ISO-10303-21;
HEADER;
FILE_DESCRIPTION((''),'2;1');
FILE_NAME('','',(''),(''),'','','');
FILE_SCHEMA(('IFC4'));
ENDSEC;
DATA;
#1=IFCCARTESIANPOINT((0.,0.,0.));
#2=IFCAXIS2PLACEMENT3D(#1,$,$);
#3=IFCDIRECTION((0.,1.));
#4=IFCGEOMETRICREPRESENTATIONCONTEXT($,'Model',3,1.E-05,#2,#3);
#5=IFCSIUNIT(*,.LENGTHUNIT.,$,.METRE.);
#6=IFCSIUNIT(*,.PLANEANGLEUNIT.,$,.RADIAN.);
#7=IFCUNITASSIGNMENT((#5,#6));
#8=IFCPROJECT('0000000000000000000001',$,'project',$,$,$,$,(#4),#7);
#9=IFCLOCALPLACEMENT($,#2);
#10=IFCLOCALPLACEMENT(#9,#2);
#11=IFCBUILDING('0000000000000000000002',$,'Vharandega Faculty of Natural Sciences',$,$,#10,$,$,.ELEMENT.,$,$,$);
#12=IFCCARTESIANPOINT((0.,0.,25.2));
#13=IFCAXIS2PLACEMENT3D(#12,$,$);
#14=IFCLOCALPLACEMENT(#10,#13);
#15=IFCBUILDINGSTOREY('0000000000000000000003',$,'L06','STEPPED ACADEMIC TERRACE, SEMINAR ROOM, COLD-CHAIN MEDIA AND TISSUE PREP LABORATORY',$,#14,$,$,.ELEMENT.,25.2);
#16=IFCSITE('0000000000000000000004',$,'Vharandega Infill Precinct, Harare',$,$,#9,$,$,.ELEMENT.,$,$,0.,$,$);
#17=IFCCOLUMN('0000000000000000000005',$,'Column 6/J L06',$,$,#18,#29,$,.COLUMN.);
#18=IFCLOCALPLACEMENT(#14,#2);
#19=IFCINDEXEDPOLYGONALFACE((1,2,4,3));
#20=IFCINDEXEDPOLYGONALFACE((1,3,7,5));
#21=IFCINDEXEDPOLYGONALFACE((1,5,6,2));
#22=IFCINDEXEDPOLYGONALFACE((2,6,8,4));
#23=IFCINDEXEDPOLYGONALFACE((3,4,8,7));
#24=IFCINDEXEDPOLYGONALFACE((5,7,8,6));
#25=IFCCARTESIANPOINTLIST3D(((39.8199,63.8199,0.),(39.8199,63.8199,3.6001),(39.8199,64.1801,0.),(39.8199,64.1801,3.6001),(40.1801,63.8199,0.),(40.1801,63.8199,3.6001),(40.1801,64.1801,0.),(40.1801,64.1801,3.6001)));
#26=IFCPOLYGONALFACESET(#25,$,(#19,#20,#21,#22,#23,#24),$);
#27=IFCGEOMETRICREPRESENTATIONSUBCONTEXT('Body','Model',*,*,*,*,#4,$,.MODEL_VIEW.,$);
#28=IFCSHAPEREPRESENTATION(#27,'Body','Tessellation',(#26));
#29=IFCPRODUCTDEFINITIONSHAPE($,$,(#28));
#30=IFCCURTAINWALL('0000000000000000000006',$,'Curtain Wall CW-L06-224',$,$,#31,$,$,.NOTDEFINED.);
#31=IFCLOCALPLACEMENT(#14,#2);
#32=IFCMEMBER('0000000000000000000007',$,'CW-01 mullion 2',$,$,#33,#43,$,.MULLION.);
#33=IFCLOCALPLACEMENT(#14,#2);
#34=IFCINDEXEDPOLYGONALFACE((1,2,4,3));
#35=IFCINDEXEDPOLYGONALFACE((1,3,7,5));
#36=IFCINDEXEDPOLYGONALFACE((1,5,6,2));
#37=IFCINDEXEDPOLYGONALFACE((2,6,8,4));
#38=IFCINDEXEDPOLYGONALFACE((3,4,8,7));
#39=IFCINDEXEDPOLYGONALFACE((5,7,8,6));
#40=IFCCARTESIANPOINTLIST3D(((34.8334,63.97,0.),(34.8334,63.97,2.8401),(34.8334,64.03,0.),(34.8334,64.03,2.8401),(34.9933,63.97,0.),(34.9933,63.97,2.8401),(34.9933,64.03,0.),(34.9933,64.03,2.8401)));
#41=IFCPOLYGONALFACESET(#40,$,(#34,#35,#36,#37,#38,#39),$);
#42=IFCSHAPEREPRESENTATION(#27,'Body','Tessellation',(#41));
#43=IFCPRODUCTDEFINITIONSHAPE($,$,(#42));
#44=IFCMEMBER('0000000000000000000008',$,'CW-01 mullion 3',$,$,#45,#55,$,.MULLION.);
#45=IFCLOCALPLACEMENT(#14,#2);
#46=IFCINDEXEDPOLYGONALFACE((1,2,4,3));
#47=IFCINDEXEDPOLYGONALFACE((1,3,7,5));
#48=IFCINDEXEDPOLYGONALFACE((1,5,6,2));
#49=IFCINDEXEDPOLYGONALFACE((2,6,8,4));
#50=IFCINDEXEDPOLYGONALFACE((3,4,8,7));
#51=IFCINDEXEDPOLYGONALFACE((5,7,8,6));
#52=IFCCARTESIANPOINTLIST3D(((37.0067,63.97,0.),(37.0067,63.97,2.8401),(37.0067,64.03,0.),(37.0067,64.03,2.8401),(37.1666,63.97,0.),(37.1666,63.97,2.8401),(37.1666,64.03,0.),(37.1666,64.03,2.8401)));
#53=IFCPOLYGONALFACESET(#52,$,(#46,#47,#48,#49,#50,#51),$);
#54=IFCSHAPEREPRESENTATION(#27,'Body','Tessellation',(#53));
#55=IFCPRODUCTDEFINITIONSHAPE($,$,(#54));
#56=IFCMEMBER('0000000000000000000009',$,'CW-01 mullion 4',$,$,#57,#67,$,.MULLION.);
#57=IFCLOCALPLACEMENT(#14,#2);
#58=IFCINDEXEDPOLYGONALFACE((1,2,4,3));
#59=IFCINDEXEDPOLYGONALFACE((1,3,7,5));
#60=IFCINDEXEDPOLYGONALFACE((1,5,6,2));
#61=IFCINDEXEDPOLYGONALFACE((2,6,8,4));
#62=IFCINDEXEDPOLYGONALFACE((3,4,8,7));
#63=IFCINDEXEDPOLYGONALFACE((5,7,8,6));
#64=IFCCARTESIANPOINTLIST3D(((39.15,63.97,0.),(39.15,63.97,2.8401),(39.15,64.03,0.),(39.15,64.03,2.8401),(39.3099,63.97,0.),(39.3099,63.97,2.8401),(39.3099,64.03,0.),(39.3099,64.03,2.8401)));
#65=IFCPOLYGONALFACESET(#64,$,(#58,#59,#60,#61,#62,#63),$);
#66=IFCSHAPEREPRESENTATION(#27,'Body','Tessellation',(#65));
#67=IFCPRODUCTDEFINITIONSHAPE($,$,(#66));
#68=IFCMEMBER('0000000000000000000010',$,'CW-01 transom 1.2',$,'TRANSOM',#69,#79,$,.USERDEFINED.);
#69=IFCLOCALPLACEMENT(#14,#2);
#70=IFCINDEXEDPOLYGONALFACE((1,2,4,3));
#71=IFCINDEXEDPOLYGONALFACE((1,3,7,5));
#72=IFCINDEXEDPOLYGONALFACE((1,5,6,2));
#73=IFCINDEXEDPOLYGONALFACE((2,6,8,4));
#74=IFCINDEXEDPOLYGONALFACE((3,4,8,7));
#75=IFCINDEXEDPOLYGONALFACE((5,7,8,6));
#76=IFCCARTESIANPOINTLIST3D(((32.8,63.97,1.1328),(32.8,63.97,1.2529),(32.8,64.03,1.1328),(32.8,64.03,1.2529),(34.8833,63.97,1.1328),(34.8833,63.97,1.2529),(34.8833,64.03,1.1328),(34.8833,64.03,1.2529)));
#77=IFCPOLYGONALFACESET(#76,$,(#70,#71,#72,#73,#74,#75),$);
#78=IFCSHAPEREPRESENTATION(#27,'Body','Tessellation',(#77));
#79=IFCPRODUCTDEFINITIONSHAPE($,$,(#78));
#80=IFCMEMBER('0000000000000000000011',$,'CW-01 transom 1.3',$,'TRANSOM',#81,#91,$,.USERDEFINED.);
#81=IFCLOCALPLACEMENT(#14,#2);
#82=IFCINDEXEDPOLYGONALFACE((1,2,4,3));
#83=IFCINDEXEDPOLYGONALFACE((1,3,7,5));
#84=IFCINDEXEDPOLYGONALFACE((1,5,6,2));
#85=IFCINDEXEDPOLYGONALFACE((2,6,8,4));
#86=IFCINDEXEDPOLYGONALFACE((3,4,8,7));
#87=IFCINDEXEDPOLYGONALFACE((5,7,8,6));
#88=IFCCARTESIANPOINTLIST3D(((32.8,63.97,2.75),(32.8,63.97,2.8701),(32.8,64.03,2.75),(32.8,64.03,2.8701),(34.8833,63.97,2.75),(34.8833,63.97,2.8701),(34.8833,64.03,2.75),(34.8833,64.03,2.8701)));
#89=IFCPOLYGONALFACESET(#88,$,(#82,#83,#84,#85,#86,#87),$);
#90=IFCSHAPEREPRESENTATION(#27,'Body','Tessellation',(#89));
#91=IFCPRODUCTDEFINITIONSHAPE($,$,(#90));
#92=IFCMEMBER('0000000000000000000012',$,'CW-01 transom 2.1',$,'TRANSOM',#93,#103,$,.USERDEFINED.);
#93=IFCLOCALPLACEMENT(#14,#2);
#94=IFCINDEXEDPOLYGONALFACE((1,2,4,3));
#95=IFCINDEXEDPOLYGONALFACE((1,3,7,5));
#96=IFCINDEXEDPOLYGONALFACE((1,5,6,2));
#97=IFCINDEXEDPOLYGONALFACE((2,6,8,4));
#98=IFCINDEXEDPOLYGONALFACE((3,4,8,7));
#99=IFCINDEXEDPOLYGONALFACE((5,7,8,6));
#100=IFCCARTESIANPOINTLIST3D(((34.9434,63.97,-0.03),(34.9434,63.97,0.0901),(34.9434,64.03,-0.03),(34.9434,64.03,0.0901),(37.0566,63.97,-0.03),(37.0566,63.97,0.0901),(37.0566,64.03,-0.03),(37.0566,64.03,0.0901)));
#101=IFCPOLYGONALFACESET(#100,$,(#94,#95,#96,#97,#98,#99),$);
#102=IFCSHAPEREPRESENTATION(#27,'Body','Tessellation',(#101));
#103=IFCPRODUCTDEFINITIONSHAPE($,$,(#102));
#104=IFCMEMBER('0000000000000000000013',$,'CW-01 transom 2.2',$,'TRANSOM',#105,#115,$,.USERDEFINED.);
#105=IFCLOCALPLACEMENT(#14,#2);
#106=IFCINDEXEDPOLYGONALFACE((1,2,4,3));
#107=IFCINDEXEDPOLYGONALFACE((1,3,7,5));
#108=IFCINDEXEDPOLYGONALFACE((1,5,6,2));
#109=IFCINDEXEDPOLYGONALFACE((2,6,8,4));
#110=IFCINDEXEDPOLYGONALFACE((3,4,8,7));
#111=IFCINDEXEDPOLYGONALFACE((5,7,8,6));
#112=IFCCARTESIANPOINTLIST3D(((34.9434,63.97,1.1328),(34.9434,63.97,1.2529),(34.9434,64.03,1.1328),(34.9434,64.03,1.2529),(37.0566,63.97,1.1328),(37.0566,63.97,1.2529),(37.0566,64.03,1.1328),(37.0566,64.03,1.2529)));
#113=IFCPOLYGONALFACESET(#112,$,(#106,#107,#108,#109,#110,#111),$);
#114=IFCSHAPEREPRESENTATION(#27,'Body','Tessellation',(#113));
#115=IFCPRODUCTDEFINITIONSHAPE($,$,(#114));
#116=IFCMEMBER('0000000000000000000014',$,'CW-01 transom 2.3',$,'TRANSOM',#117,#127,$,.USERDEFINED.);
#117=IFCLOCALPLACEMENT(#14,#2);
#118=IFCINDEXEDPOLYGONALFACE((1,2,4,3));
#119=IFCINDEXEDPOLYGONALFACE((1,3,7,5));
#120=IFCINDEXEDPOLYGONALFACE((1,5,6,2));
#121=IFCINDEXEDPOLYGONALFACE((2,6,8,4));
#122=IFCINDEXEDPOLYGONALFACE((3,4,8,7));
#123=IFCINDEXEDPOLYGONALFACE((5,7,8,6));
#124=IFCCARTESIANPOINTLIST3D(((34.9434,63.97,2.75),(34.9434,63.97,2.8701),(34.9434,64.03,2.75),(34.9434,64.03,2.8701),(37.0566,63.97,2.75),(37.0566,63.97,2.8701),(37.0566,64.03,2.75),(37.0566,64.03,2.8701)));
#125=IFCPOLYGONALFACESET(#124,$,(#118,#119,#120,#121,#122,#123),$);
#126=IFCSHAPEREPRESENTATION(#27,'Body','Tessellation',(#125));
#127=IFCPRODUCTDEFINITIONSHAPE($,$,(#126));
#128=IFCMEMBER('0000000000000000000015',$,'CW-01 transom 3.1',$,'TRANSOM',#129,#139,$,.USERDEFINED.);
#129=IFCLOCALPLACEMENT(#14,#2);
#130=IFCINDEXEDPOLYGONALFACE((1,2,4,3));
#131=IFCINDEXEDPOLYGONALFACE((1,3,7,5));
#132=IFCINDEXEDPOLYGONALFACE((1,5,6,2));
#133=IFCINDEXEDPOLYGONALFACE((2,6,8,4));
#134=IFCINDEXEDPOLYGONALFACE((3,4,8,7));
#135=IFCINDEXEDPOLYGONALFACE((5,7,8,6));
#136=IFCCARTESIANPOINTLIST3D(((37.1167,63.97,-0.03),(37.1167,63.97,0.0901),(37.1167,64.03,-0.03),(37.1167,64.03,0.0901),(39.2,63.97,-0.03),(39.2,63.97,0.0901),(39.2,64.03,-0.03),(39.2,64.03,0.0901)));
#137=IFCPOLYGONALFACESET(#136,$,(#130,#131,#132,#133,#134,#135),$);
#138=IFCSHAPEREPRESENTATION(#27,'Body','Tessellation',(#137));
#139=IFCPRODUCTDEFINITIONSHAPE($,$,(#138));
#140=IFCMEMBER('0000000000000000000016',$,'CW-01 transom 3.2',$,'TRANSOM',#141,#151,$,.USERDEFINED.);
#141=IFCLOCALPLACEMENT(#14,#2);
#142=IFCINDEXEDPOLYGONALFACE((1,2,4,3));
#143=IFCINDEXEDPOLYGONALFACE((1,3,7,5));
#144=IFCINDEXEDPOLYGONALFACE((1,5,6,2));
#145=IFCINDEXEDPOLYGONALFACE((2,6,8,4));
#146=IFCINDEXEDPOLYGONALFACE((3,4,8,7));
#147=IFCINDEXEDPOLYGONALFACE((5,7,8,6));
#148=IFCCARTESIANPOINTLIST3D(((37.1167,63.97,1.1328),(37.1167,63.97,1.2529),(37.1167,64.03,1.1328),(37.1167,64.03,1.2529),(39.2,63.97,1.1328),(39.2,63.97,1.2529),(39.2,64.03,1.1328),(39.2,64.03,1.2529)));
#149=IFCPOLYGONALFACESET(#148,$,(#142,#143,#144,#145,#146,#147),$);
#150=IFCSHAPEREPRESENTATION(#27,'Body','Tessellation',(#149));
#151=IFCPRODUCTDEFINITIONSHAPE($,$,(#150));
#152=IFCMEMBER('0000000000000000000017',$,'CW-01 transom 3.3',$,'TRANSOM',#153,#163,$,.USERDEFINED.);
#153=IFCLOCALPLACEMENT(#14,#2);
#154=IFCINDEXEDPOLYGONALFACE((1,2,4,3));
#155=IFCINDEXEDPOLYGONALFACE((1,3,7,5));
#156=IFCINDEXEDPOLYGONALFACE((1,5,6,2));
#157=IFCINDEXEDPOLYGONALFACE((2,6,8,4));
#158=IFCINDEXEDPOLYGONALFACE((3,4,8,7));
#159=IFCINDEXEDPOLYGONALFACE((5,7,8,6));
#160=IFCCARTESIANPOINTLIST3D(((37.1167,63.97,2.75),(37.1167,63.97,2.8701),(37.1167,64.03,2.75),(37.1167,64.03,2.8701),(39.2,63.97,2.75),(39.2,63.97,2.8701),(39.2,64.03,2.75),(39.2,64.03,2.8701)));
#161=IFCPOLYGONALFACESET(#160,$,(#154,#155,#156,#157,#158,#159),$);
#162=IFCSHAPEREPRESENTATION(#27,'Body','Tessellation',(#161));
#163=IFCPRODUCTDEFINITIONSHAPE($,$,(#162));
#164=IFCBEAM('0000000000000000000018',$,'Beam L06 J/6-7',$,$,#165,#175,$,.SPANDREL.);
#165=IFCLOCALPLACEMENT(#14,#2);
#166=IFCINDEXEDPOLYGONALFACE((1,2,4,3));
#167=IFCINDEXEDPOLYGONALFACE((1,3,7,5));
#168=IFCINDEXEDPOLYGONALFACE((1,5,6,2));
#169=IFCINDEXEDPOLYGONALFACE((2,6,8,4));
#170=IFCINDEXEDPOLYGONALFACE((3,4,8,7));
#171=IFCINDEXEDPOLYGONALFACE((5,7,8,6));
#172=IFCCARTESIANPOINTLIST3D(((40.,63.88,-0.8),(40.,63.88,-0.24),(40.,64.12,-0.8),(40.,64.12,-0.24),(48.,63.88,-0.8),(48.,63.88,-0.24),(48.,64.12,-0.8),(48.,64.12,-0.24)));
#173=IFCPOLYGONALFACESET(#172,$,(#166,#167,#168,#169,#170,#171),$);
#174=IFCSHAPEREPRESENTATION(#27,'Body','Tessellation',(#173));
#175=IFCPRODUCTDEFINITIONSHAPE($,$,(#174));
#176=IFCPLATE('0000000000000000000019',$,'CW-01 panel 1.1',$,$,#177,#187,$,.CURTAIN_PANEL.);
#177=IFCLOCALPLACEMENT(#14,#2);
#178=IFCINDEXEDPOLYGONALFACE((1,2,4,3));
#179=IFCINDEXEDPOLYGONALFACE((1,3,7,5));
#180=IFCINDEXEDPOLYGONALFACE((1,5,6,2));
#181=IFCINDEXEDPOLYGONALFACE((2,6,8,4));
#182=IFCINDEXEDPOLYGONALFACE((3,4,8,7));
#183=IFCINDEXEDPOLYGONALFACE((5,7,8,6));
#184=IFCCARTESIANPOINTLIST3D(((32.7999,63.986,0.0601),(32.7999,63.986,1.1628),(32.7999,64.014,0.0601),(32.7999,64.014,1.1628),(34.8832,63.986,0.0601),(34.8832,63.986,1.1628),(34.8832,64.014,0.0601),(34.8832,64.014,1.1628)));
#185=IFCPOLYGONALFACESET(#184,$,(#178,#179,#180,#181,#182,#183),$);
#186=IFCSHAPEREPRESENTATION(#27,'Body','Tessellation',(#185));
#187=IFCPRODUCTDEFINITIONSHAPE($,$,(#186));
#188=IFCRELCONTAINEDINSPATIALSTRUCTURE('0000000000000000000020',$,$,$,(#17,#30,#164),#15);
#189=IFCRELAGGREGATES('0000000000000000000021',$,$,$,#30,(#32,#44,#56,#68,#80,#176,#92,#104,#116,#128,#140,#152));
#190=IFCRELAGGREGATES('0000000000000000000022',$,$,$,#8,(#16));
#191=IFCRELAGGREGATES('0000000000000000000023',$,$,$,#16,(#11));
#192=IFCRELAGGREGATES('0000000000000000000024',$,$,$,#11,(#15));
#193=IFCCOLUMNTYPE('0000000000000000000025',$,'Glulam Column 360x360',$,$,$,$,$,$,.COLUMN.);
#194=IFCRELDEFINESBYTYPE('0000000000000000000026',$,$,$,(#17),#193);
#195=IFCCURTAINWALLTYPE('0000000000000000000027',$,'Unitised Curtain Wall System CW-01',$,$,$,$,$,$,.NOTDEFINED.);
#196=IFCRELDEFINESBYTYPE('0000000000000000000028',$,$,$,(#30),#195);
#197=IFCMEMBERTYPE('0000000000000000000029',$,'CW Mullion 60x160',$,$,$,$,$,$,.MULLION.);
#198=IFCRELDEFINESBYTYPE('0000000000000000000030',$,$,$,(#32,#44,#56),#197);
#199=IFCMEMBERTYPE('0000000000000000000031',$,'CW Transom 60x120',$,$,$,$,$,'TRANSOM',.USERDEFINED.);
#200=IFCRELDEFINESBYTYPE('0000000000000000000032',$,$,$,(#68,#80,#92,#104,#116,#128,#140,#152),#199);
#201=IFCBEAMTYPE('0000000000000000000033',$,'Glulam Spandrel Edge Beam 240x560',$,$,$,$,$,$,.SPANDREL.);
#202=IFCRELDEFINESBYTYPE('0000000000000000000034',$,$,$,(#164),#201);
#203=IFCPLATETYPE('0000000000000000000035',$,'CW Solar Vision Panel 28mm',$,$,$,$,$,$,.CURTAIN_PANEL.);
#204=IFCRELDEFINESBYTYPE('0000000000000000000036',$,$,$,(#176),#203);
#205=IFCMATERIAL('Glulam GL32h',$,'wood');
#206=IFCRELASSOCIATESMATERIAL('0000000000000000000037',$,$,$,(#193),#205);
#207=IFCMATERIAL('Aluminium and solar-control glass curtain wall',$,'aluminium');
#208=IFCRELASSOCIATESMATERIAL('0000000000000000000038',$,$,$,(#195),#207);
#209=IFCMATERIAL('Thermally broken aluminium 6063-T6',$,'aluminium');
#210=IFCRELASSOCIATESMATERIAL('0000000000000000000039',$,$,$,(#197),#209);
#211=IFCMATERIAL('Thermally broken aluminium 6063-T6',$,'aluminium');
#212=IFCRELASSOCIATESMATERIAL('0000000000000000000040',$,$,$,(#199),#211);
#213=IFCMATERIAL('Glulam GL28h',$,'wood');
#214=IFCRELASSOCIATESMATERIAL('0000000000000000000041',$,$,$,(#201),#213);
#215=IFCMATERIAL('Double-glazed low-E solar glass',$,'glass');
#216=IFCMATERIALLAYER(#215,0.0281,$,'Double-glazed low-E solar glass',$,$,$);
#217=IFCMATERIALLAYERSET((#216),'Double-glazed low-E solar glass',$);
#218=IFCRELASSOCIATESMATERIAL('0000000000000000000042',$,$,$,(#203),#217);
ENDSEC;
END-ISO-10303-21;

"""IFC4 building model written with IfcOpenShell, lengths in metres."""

from ifc_helpers import new_model, si_unit, direction, frame, origin, origin_2d, place, context, subcontext, project, spatial, rectangle, extrude, material, layer, layer_set, material_profile, profile_set, type_object, element, aggregate, save


model = new_model("IFC4")

# Units and contexts
model_context = context("Model", 3, precision=1e-05, world=origin(), true_north=direction((0.0, 1.0)))
body_context = subcontext(model_context, "Body", "Model", "MODEL_VIEW")
ifc_project = project(units=[si_unit("LENGTHUNIT", "METRE"), si_unit("PLANEANGLEUNIT", "RADIAN")], contexts=[model_context])

# Site, building, storey
site_placement = place(None, origin())
site = spatial("IfcSite", under=ifc_project, at=site_placement, Name="Vharandega Infill Precinct, Harare", CompositionType="ELEMENT", RefElevation=0.0)
building_placement = place(site_placement, origin())
building = spatial("IfcBuilding", under=site, at=building_placement, Name="Vharandega Faculty of Natural Sciences", CompositionType="ELEMENT")
storey_placement = place(building_placement, frame((0.0, 0.0, 25.2)))
storey = spatial("IfcBuildingStorey", under=building, at=storey_placement, Name="L06", Description="STEPPED ACADEMIC TERRACE, SEMINAR ROOM, COLD-CHAIN MEDIA AND TISSUE PREP LABORATORY", CompositionType="ELEMENT", Elevation=25.2)

# Column
ifc_material_1 = material(Name="Glulam GL32h", Category="wood")
ifc_material_profile_1 = material_profile(ifc_material_1, rectangle(XDim=0.3601, YDim=0.3601, at=origin_2d()), Name="GL32h 360x360")
ifc_profile_set_1 = profile_set([ifc_material_profile_1], Name="Glulam GL32h")
column_type = type_object("IfcColumnType", Name="Glulam Column 360x360", PredefinedType="COLUMN", material=ifc_profile_set_1)
column_placement = place(storey_placement, frame((40.0, 64.0, 0.0), z_axis=(0.0, 0.0, 1.0), x_axis=(1.0, 0.0, 0.0)))
element("IfcColumn", 1, at=column_placement, inside=storey, type_object=column_type, Name="Column 6/J L06", PredefinedType="COLUMN", context=body_context, shape_type="SweptSolid", body=[
    extrude(rectangle(XDim=0.3601, YDim=0.3601, at=origin_2d()), origin(), (0.0, 0.0, 1.0), 3.6001),
])

# Curtain wall, members
ifc_material_2 = material(Name="Aluminium and solar-control glass curtain wall", Category="aluminium")
curtain_wall_type = type_object("IfcCurtainWallType", Name="Unitised Curtain Wall System CW-01", PredefinedType="NOTDEFINED", material=ifc_material_2)
curtain_wall_placement = place(storey_placement, origin())
curtain_wall = element("IfcCurtainWall", 2, at=curtain_wall_placement, inside=storey, type_object=curtain_wall_type, Name="Curtain Wall CW-L06-224", PredefinedType="NOTDEFINED")
ifc_material_3 = material(Name="Thermally broken aluminium 6063-T6", Category="aluminium")
ifc_material_profile_2 = material_profile(ifc_material_3, rectangle(XDim=0.0601, YDim=0.1599, at=origin_2d()), Name="ALU 60x160")
ifc_profile_set_2 = profile_set([ifc_material_profile_2], Name="Thermally broken aluminium 6063-T6")
member_type_1 = type_object("IfcMemberType", Name="CW Mullion 60x160", PredefinedType="MULLION", material=ifc_profile_set_2)
member_1_placement = place(storey_placement, frame((34.9133, 64.0, 0.0), z_axis=(0.0, 0.0, 1.0), x_axis=(0.0, 1.0, 0.0)))
member_1 = element("IfcMember", 3, at=member_1_placement, type_object=member_type_1, Name="CW-01 mullion 2", PredefinedType="MULLION", context=body_context, shape_type="SweptSolid", body=[
    extrude(rectangle(XDim=0.0601, YDim=0.1599, at=origin_2d()), origin(), (0.0, 0.0, 1.0), 2.8401),
])
member_2_placement = place(storey_placement, frame((37.0867, 64.0, 0.0), z_axis=(0.0, 0.0, 1.0), x_axis=(0.0, 1.0, 0.0)))
member_2 = element("IfcMember", 4, at=member_2_placement, type_object=member_type_1, Name="CW-01 mullion 3", PredefinedType="MULLION", context=body_context, shape_type="SweptSolid", body=[
    extrude(rectangle(XDim=0.0601, YDim=0.1599, at=origin_2d()), origin(), (0.0, 0.0, 1.0), 2.8401),
])
member_3_placement = place(storey_placement, frame((39.23, 64.0, 0.0), z_axis=(0.0, 0.0, 1.0), x_axis=(0.0, 1.0, 0.0)))
member_3 = element("IfcMember", 5, at=member_3_placement, type_object=member_type_1, Name="CW-01 mullion 4", PredefinedType="MULLION", context=body_context, shape_type="SweptSolid", body=[
    extrude(rectangle(XDim=0.0601, YDim=0.1599, at=origin_2d()), origin(), (0.0, 0.0, 1.0), 2.8401),
])
ifc_material_4 = material(Name="Thermally broken aluminium 6063-T6", Category="aluminium")
ifc_material_profile_3 = material_profile(ifc_material_4, rectangle(XDim=0.0601, YDim=0.1201, at=origin_2d()), Name="ALU 60x120")
ifc_profile_set_3 = profile_set([ifc_material_profile_3], Name="Thermally broken aluminium 6063-T6")
member_type_2 = type_object("IfcMemberType", Name="CW Transom 60x120", ElementType="TRANSOM", PredefinedType="USERDEFINED", material=ifc_profile_set_3)
member_4_placement = place(storey_placement, frame((32.8, 64.0, 1.1929), z_axis=(1.0, 0.0, 0.0), x_axis=(0.0, 1.0, 0.0)))
member_4 = element("IfcMember", 6, at=member_4_placement, type_object=member_type_2, Name="CW-01 transom 1.2", ObjectType="TRANSOM", PredefinedType="USERDEFINED", context=body_context, shape_type="SweptSolid", body=[
    extrude(rectangle(XDim=0.0601, YDim=0.1201, at=origin_2d()), origin(), (0.0, 0.0, 1.0), 2.0833),
])
member_5_placement = place(storey_placement, frame((32.8, 64.0, 2.8101), z_axis=(1.0, 0.0, 0.0), x_axis=(0.0, 1.0, 0.0)))
member_5 = element("IfcMember", 7, at=member_5_placement, type_object=member_type_2, Name="CW-01 transom 1.3", ObjectType="TRANSOM", PredefinedType="USERDEFINED", context=body_context, shape_type="SweptSolid", body=[
    extrude(rectangle(XDim=0.0601, YDim=0.1201, at=origin_2d()), origin(), (0.0, 0.0, 1.0), 2.0833),
])
member_6_placement = place(storey_placement, frame((34.9434, 64.0, 0.03), z_axis=(1.0, 0.0, 0.0), x_axis=(0.0, 1.0, 0.0)))
member_6 = element("IfcMember", 8, at=member_6_placement, type_object=member_type_2, Name="CW-01 transom 2.1", ObjectType="TRANSOM", PredefinedType="USERDEFINED", context=body_context, shape_type="SweptSolid", body=[
    extrude(rectangle(XDim=0.0601, YDim=0.1201, at=origin_2d()), origin(), (0.0, 0.0, 1.0), 2.1133),
])
member_7_placement = place(storey_placement, frame((34.9434, 64.0, 1.1929), z_axis=(1.0, 0.0, 0.0), x_axis=(0.0, 1.0, 0.0)))
member_7 = element("IfcMember", 9, at=member_7_placement, type_object=member_type_2, Name="CW-01 transom 2.2", ObjectType="TRANSOM", PredefinedType="USERDEFINED", context=body_context, shape_type="SweptSolid", body=[
    extrude(rectangle(XDim=0.0601, YDim=0.1201, at=origin_2d()), origin(), (0.0, 0.0, 1.0), 2.1133),
])
member_8_placement = place(storey_placement, frame((34.9434, 64.0, 2.8101), z_axis=(1.0, 0.0, 0.0), x_axis=(0.0, 1.0, 0.0)))
member_8 = element("IfcMember", 10, at=member_8_placement, type_object=member_type_2, Name="CW-01 transom 2.3", ObjectType="TRANSOM", PredefinedType="USERDEFINED", context=body_context, shape_type="SweptSolid", body=[
    extrude(rectangle(XDim=0.0601, YDim=0.1201, at=origin_2d()), origin(), (0.0, 0.0, 1.0), 2.1133),
])
member_9_placement = place(storey_placement, frame((37.1167, 64.0, 0.03), z_axis=(1.0, 0.0, 0.0), x_axis=(0.0, 1.0, 0.0)))
member_9 = element("IfcMember", 11, at=member_9_placement, type_object=member_type_2, Name="CW-01 transom 3.1", ObjectType="TRANSOM", PredefinedType="USERDEFINED", context=body_context, shape_type="SweptSolid", body=[
    extrude(rectangle(XDim=0.0601, YDim=0.1201, at=origin_2d()), origin(), (0.0, 0.0, 1.0), 2.0833),
])
member_10_placement = place(storey_placement, frame((37.1167, 64.0, 1.1929), z_axis=(1.0, 0.0, 0.0), x_axis=(0.0, 1.0, 0.0)))
member_10 = element("IfcMember", 12, at=member_10_placement, type_object=member_type_2, Name="CW-01 transom 3.2", ObjectType="TRANSOM", PredefinedType="USERDEFINED", context=body_context, shape_type="SweptSolid", body=[
    extrude(rectangle(XDim=0.0601, YDim=0.1201, at=origin_2d()), origin(), (0.0, 0.0, 1.0), 2.0833),
])
member_11_placement = place(storey_placement, frame((37.1167, 64.0, 2.8101), z_axis=(1.0, 0.0, 0.0), x_axis=(0.0, 1.0, 0.0)))
member_11 = element("IfcMember", 13, at=member_11_placement, type_object=member_type_2, Name="CW-01 transom 3.3", ObjectType="TRANSOM", PredefinedType="USERDEFINED", context=body_context, shape_type="SweptSolid", body=[
    extrude(rectangle(XDim=0.0601, YDim=0.1201, at=origin_2d()), origin(), (0.0, 0.0, 1.0), 2.0833),
])

# Beam
ifc_material_5 = material(Name="Glulam GL28h", Category="wood")
ifc_material_profile_4 = material_profile(ifc_material_5, rectangle(XDim=0.24, YDim=0.5601, at=origin_2d()), Name="GL28h 240x560")
ifc_profile_set_4 = profile_set([ifc_material_profile_4], Name="Glulam GL28h")
beam_type = type_object("IfcBeamType", Name="Glulam Spandrel Edge Beam 240x560", PredefinedType="SPANDREL", material=ifc_profile_set_4)
beam_placement = place(storey_placement, frame((40.0, 64.0, -0.52), z_axis=(1.0, 0.0, 0.0), x_axis=(0.0, 1.0, 0.0)))
element("IfcBeam", 14, at=beam_placement, inside=storey, type_object=beam_type, Name="Beam L06 J/6-7", PredefinedType="SPANDREL", context=body_context, shape_type="SweptSolid", body=[
    extrude(rectangle(XDim=0.24, YDim=0.5601, at=origin_2d()), origin(), (0.0, 0.0, 1.0), 8.0),
])

# Plate
ifc_material_6 = material(Name="Double-glazed low-E solar glass", Category="glass")
ifc_layer = layer(ifc_material_6, 0.0281, Name="Double-glazed low-E solar glass")
ifc_layer_set = layer_set([ifc_layer], Name="Double-glazed low-E solar glass")
plate_type = type_object("IfcPlateType", Name="CW Solar Vision Panel 28mm", PredefinedType="CURTAIN_PANEL", material=ifc_layer_set)
plate_1_placement = place(storey_placement, frame((33.8416, 64.0, 0.0601), z_axis=(0.0, 0.0, 1.0), x_axis=(1.0, 0.0, 0.0)))
plate_1 = element("IfcPlate", 15, at=plate_1_placement, type_object=plate_type, Name="CW-01 panel 1.1", PredefinedType="CURTAIN_PANEL", context=body_context, shape_type="SweptSolid", body=[
    extrude(rectangle(XDim=2.0833, YDim=0.0281, at=origin_2d()), origin(), (0.0, 0.0, 1.0), 1.1028),
])
aggregate(curtain_wall, [member_1, member_2, member_3, member_4, member_5, plate_1, member_6, member_7, member_8, member_9, member_10, member_11])

save(model, "model.ifc")
